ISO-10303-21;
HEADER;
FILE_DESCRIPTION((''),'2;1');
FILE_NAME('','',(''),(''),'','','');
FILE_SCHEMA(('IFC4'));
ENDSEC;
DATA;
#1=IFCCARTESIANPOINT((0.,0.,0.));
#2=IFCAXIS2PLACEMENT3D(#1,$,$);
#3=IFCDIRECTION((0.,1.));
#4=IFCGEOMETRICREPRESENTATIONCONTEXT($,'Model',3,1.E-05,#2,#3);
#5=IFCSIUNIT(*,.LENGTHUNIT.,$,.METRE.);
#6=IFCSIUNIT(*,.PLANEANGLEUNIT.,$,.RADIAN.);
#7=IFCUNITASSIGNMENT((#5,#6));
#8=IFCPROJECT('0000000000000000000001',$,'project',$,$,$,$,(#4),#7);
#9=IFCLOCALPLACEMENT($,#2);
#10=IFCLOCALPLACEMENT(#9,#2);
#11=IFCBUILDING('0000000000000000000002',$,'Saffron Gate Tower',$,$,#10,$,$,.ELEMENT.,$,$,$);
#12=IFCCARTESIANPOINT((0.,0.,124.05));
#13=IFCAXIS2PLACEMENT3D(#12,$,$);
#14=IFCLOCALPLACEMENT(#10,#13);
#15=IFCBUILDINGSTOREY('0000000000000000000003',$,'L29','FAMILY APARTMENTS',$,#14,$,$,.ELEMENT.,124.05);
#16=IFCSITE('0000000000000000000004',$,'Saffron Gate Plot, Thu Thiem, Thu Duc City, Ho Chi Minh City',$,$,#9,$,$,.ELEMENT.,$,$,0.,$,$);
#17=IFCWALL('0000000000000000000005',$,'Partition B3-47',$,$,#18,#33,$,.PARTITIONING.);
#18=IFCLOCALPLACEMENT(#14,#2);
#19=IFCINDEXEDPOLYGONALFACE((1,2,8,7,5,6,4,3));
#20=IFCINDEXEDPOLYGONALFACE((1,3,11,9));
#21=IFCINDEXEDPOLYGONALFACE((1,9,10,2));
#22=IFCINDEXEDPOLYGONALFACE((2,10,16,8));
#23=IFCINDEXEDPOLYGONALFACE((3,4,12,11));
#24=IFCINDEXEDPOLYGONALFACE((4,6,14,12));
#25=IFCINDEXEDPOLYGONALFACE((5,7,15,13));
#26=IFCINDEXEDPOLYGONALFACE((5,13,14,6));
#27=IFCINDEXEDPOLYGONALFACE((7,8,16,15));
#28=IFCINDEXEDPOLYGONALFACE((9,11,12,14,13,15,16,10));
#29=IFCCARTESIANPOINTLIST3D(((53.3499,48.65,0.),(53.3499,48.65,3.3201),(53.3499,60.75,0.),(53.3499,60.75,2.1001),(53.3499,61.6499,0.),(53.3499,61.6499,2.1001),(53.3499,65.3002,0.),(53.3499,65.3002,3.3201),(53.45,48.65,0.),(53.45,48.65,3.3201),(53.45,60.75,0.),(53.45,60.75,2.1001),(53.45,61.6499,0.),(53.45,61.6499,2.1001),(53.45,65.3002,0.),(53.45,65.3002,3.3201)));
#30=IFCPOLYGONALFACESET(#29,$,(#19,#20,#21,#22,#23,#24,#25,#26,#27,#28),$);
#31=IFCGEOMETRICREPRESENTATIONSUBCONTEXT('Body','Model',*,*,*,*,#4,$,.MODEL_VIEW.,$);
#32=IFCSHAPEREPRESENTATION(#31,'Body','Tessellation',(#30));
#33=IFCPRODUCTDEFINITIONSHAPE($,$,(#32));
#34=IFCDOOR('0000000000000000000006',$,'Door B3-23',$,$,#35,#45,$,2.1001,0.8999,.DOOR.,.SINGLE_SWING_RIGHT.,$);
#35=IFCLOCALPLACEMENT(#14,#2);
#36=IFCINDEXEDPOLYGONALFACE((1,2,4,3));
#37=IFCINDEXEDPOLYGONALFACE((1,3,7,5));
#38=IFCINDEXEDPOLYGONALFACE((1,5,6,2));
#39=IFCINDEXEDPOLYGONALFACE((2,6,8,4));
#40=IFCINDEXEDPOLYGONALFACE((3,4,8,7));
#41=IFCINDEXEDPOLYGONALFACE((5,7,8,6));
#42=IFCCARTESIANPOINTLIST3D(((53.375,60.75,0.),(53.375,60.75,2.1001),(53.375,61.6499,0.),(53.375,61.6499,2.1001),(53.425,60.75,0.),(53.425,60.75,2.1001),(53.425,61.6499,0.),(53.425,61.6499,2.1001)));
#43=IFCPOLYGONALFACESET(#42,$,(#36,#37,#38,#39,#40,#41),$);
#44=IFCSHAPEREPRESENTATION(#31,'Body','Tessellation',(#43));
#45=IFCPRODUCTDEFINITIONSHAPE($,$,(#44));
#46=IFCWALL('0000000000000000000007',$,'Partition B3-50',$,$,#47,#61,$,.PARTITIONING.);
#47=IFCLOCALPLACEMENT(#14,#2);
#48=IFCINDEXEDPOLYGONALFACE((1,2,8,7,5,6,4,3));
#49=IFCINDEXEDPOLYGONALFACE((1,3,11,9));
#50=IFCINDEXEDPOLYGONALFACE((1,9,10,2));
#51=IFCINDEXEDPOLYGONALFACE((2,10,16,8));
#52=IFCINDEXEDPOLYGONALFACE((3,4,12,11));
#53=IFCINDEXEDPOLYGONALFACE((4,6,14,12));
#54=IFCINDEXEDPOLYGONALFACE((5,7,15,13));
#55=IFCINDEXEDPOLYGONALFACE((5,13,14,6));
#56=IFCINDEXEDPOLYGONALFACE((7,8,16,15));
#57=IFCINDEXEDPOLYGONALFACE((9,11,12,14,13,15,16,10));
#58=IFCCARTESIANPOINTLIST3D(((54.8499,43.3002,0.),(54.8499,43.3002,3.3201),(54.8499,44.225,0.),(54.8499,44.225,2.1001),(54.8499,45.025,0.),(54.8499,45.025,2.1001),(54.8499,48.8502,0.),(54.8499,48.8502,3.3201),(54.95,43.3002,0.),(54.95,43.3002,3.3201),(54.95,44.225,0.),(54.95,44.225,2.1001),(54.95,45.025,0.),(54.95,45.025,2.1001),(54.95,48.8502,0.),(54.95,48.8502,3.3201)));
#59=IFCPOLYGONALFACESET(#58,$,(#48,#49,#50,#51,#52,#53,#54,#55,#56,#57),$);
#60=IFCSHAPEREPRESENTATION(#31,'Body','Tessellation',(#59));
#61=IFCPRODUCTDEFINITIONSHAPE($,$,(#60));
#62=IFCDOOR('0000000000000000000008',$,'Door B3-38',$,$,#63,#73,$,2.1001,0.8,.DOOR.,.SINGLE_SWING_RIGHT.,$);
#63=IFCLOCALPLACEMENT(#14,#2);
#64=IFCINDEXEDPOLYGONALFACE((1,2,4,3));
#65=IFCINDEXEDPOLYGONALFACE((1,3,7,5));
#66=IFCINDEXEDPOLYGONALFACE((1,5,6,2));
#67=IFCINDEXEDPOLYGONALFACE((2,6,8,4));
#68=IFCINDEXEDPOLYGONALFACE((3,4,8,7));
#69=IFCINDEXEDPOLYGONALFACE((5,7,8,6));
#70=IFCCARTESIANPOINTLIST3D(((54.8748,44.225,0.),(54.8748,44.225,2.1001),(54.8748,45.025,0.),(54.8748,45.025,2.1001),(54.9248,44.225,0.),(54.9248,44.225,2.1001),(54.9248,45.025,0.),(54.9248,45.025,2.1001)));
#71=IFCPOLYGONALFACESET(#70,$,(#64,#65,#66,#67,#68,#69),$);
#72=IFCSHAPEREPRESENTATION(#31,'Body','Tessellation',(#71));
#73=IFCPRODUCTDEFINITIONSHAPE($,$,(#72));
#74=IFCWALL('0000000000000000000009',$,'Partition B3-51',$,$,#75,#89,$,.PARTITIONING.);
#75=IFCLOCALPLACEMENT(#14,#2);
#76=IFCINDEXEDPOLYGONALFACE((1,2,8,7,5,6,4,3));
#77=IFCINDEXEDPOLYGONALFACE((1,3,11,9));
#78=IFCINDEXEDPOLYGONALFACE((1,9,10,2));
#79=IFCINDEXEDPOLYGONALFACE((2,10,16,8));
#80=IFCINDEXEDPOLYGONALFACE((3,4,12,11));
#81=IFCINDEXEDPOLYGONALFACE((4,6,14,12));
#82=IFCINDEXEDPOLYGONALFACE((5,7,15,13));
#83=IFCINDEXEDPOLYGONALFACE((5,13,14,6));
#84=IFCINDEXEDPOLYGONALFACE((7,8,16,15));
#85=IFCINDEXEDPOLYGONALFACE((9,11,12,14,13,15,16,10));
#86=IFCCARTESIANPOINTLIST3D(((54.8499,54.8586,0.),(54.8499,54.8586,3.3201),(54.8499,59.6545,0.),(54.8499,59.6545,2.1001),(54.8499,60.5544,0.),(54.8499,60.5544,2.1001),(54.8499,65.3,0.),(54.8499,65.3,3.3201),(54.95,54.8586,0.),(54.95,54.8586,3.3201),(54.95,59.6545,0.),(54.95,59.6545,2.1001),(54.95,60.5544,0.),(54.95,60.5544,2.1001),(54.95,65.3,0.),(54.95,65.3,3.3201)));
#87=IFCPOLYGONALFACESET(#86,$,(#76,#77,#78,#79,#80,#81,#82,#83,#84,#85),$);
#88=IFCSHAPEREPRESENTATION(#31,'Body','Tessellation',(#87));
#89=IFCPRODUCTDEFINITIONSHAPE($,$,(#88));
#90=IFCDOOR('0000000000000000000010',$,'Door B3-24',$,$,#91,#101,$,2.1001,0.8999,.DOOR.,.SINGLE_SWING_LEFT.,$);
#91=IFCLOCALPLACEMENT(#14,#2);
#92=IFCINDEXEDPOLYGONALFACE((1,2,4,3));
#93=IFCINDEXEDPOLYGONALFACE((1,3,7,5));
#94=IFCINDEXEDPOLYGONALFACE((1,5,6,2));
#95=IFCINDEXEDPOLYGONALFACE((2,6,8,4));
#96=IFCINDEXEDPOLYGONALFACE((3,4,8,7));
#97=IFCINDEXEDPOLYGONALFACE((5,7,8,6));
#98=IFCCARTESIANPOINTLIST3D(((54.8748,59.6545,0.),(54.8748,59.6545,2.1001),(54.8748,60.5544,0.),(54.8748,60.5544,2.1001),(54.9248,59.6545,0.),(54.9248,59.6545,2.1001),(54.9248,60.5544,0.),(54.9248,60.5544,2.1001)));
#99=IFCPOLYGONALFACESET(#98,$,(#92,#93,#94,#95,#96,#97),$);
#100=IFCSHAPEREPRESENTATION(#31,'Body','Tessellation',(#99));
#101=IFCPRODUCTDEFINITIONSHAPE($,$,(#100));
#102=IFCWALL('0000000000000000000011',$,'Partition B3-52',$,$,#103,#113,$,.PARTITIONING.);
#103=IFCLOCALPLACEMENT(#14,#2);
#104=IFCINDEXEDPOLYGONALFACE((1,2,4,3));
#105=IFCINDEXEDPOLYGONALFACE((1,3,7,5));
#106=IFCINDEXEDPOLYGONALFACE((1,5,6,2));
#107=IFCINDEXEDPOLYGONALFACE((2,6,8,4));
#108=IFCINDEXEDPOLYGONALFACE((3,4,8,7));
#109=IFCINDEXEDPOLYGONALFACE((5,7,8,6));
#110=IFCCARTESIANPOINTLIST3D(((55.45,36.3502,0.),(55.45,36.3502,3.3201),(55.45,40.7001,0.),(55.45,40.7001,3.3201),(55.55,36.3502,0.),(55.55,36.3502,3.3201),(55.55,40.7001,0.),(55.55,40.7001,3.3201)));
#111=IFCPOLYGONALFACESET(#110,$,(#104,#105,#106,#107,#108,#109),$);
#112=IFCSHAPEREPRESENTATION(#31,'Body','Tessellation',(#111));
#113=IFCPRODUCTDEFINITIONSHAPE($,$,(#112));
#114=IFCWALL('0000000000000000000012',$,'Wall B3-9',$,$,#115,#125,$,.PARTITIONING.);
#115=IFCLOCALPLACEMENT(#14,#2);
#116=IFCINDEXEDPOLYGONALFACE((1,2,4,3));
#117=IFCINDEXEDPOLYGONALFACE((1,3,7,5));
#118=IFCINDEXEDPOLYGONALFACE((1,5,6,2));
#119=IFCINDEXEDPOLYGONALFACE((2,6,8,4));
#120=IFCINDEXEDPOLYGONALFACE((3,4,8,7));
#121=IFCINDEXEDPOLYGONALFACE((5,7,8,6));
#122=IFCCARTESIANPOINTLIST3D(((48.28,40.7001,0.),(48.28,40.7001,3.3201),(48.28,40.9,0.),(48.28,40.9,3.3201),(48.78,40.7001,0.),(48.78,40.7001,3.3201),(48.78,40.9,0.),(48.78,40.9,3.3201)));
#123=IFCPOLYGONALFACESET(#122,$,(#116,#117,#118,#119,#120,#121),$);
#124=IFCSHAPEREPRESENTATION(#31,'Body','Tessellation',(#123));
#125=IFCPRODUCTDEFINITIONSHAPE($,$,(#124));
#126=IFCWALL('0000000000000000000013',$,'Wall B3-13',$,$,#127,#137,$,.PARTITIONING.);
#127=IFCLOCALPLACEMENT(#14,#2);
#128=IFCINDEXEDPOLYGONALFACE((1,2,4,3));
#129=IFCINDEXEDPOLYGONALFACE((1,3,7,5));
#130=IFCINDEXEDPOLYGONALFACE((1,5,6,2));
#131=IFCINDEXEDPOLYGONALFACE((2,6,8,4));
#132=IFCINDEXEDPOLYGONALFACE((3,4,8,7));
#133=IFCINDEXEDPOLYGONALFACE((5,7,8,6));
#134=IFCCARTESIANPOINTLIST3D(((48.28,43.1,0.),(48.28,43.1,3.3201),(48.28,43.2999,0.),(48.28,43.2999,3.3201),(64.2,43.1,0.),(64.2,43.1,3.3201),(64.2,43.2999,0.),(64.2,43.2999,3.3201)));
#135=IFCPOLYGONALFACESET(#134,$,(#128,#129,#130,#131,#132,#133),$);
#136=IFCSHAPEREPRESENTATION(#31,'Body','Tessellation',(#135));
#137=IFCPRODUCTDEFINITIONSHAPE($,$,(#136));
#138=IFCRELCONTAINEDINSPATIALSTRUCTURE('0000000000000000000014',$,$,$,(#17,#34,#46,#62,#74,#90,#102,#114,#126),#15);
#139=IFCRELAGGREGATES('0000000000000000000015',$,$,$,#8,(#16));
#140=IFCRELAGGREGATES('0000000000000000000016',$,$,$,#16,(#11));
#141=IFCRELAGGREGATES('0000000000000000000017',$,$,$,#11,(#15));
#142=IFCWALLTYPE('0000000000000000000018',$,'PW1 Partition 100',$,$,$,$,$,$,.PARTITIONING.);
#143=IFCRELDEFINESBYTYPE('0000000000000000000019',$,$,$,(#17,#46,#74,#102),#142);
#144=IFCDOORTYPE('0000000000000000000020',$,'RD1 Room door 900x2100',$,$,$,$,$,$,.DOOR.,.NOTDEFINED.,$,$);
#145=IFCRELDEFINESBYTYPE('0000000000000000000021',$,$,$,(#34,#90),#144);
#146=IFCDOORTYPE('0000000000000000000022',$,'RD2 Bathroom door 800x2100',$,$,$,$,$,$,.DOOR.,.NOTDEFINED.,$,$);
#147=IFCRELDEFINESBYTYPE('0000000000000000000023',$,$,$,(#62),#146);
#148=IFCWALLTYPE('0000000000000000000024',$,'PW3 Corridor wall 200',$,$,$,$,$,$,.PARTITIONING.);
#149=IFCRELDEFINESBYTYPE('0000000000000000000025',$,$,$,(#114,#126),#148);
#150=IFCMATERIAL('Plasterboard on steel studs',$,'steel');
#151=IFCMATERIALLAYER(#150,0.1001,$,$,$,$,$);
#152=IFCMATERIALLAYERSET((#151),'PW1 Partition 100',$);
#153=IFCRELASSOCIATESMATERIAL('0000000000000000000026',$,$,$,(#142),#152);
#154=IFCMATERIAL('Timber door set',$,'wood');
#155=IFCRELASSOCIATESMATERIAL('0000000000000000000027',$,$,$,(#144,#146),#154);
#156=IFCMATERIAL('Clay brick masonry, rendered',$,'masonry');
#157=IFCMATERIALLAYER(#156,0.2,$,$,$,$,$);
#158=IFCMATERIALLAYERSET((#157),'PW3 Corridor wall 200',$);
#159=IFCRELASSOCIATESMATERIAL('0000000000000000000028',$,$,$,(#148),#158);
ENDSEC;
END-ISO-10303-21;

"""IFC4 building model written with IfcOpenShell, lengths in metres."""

from ifc_helpers import new_model, si_unit, direction, frame, frame_2d, origin, place, context, subcontext, project, spatial, rectangle, extrude, material, layer, layer_set, type_object, element, fill, save


model = new_model("IFC4")

# Units and contexts
model_context = context("Model", 3, precision=1e-05, world=origin(), true_north=direction((0.0, 1.0)))
body_context = subcontext(model_context, "Body", "Model", "MODEL_VIEW")
ifc_project = project(units=[si_unit("LENGTHUNIT", "METRE"), si_unit("PLANEANGLEUNIT", "RADIAN")], contexts=[model_context])

# Site, building, storey
site_placement = place(None, origin())
site = spatial("IfcSite", under=ifc_project, at=site_placement, Name="Saffron Gate Plot, Thu Thiem, Thu Duc City, Ho Chi Minh City", CompositionType="ELEMENT", RefElevation=0.0)
building_placement = place(site_placement, origin())
building = spatial("IfcBuilding", under=site, at=building_placement, Name="Saffron Gate Tower", CompositionType="ELEMENT")
storey_placement = place(building_placement, frame((0.0, 0.0, 124.05)))
storey = spatial("IfcBuildingStorey", under=building, at=storey_placement, Name="L29", Description="FAMILY APARTMENTS", CompositionType="ELEMENT", Elevation=124.05)

# Shared definitions
ifc_material_1 = material(Name="Plasterboard on steel studs", Category="steel")
ifc_layer_1 = layer(ifc_material_1, 0.1001)
ifc_layer_set_1 = layer_set([ifc_layer_1], Name="PW1 Partition 100")
wall_type_1 = type_object("IfcWallType", Name="PW1 Partition 100", PredefinedType="PARTITIONING", material=ifc_layer_set_1)

# Shared definitions
ifc_material_2 = material(Name="Timber door set", Category="wood")
door_type_1 = type_object("IfcDoorType", Name="RD1 Room door 900x2100", OperationType="NOTDEFINED", PredefinedType="DOOR", material=ifc_material_2)
door_type_2 = type_object("IfcDoorType", Name="RD2 Bathroom door 800x2100", OperationType="NOTDEFINED", PredefinedType="DOOR", material=ifc_material_2)

# Walls, openings, doors
wall_1_placement = place(storey_placement, frame((53.3999, 48.6499, 0.0), z_axis=(0.0, 0.0, 1.0), x_axis=(0.0, 1.0, 0.0)))
wall_1 = element("IfcWall", 1, at=wall_1_placement, inside=storey, type_object=wall_type_1, Name="Partition B3-47", PredefinedType="PARTITIONING", context=body_context, shape_type="SweptSolid", body=[
    extrude(rectangle(XDim=16.6501, YDim=0.1001, at=frame_2d((8.3252, 0.0))), origin(), (0.0, 0.0, 1.0), 3.3201),
])
opening_1_placement = place(wall_1_placement, frame((12.1001, 0.0, 0.0)))
opening_1 = element("IfcOpeningElement", 2, at=opening_1_placement, cuts=wall_1, PredefinedType="OPENING", context=body_context, shape_type="SweptSolid", body=[
    extrude(rectangle(XDim=0.8999, YDim=2.1001, at=frame_2d((0.45, 1.05))), frame((0.0, 0.0601, 0.0), z_axis=(0.0, -1.0, 0.0), x_axis=(1.0, 0.0, 0.0)), (0.0, 0.0, 1.0), 0.1201),
])
door_1_placement = place(opening_1_placement, origin())
door_1 = element("IfcDoor", 3, at=door_1_placement, inside=storey, type_object=door_type_1, Name="Door B3-23", OperationType="SINGLE_SWING_RIGHT", OverallHeight=2.1001, OverallWidth=0.8999, PredefinedType="DOOR", context=body_context, shape_type="SweptSolid", body=[
    extrude(rectangle(XDim=0.8999, YDim=2.1001, at=frame_2d((0.45, 1.05))), frame((0.0, 0.0249, 0.0), z_axis=(0.0, -1.0, 0.0), x_axis=(1.0, 0.0, 0.0)), (0.0, 0.0, 1.0), 0.05),
])
fill(opening_1, door_1)
wall_2_placement = place(storey_placement, frame((54.8999, 48.8501, 0.0), z_axis=(0.0, 0.0, 1.0), x_axis=(0.0, -1.0, 0.0)))
wall_2 = element("IfcWall", 4, at=wall_2_placement, inside=storey, type_object=wall_type_1, Name="Partition B3-50", PredefinedType="PARTITIONING", context=body_context, shape_type="SweptSolid", body=[
    extrude(rectangle(XDim=5.55, YDim=0.1001, at=frame_2d((2.7749, 0.0))), origin(), (0.0, 0.0, 1.0), 3.3201),
])
opening_2_placement = place(wall_2_placement, frame((3.8252, 0.0, 0.0)))
opening_2 = element("IfcOpeningElement", 5, at=opening_2_placement, cuts=wall_2, PredefinedType="OPENING", context=body_context, shape_type="SweptSolid", body=[
    extrude(rectangle(XDim=0.8, YDim=2.1001, at=frame_2d((0.3999, 1.05))), frame((0.0, 0.0601, 0.0), z_axis=(0.0, -1.0, 0.0), x_axis=(1.0, 0.0, 0.0)), (0.0, 0.0, 1.0), 0.1201),
])
door_2_placement = place(opening_2_placement, origin())
door_2 = element("IfcDoor", 6, at=door_2_placement, inside=storey, type_object=door_type_2, Name="Door B3-38", OperationType="SINGLE_SWING_RIGHT", OverallHeight=2.1001, OverallWidth=0.8, PredefinedType="DOOR", context=body_context, shape_type="SweptSolid", body=[
    extrude(rectangle(XDim=0.8, YDim=2.1001, at=frame_2d((0.3999, 1.05))), frame((0.0, 0.0249, 0.0), z_axis=(0.0, -1.0, 0.0), x_axis=(1.0, 0.0, 0.0)), (0.0, 0.0, 1.0), 0.05),
])
fill(opening_2, door_2)
wall_3_placement = place(storey_placement, frame((54.8999, 65.3, 0.0), z_axis=(0.0, 0.0, 1.0), x_axis=(0.0, -1.0, 0.0)))
wall_3 = element("IfcWall", 7, at=wall_3_placement, inside=storey, type_object=wall_type_1, Name="Partition B3-51", PredefinedType="PARTITIONING", context=body_context, shape_type="SweptSolid", body=[
    extrude(rectangle(XDim=10.4414, YDim=0.1001, at=frame_2d((5.2207, 0.0))), origin(), (0.0, 0.0, 1.0), 3.3201),
])
opening_3_placement = place(wall_3_placement, frame((4.7456, 0.0, 0.0)))
opening_3 = element("IfcOpeningElement", 8, at=opening_3_placement, cuts=wall_3, PredefinedType="OPENING", context=body_context, shape_type="SweptSolid", body=[
    extrude(rectangle(XDim=0.8999, YDim=2.1001, at=frame_2d((0.45, 1.05))), frame((0.0, 0.0601, 0.0), z_axis=(0.0, -1.0, 0.0), x_axis=(1.0, 0.0, 0.0)), (0.0, 0.0, 1.0), 0.1201),
])
door_3_placement = place(opening_3_placement, origin())
door_3 = element("IfcDoor", 9, at=door_3_placement, inside=storey, type_object=door_type_1, Name="Door B3-24", OperationType="SINGLE_SWING_LEFT", OverallHeight=2.1001, OverallWidth=0.8999, PredefinedType="DOOR", context=body_context, shape_type="SweptSolid", body=[
    extrude(rectangle(XDim=0.8999, YDim=2.1001, at=frame_2d((0.45, 1.05))), frame((0.0, 0.0249, 0.0), z_axis=(0.0, -1.0, 0.0), x_axis=(1.0, 0.0, 0.0)), (0.0, 0.0, 1.0), 0.05),
])
fill(opening_3, door_3)

# Walls
wall_4_placement = place(storey_placement, frame((55.5, 40.7, 0.0), z_axis=(0.0, 0.0, 1.0), x_axis=(0.0, -1.0, 0.0)))
element("IfcWall", 10, at=wall_4_placement, inside=storey, type_object=wall_type_1, Name="Partition B3-52", PredefinedType="PARTITIONING", context=body_context, shape_type="SweptSolid", body=[
    extrude(rectangle(XDim=4.3499, YDim=0.1001, at=frame_2d((2.1748, 0.0))), origin(), (0.0, 0.0, 1.0), 3.3201),
])
ifc_material_3 = material(Name="Clay brick masonry, rendered", Category="masonry")
ifc_layer_2 = layer(ifc_material_3, 0.2)
ifc_layer_set_2 = layer_set([ifc_layer_2], Name="PW3 Corridor wall 200")
wall_type_2 = type_object("IfcWallType", Name="PW3 Corridor wall 200", PredefinedType="PARTITIONING", material=ifc_layer_set_2)
wall_5_placement = place(storey_placement, frame((48.28, 40.8, 0.0), z_axis=(0.0, 0.0, 1.0), x_axis=(1.0, 0.0, 0.0)))
element("IfcWall", 11, at=wall_5_placement, inside=storey, type_object=wall_type_2, Name="Wall B3-9", PredefinedType="PARTITIONING", context=body_context, shape_type="SweptSolid", body=[
    extrude(rectangle(XDim=0.5, YDim=0.2, at=frame_2d((0.25, 0.0))), origin(), (0.0, 0.0, 1.0), 3.3201),
])
wall_6_placement = place(storey_placement, frame((48.28, 43.2, 0.0), z_axis=(0.0, 0.0, 1.0), x_axis=(1.0, 0.0, 0.0)))
element("IfcWall", 12, at=wall_6_placement, inside=storey, type_object=wall_type_2, Name="Wall B3-13", PredefinedType="PARTITIONING", context=body_context, shape_type="SweptSolid", body=[
    extrude(rectangle(XDim=15.9199, YDim=0.2, at=frame_2d((7.96, 0.0))), origin(), (0.0, 0.0, 1.0), 3.3201),
])

save(model, "model.ifc")
